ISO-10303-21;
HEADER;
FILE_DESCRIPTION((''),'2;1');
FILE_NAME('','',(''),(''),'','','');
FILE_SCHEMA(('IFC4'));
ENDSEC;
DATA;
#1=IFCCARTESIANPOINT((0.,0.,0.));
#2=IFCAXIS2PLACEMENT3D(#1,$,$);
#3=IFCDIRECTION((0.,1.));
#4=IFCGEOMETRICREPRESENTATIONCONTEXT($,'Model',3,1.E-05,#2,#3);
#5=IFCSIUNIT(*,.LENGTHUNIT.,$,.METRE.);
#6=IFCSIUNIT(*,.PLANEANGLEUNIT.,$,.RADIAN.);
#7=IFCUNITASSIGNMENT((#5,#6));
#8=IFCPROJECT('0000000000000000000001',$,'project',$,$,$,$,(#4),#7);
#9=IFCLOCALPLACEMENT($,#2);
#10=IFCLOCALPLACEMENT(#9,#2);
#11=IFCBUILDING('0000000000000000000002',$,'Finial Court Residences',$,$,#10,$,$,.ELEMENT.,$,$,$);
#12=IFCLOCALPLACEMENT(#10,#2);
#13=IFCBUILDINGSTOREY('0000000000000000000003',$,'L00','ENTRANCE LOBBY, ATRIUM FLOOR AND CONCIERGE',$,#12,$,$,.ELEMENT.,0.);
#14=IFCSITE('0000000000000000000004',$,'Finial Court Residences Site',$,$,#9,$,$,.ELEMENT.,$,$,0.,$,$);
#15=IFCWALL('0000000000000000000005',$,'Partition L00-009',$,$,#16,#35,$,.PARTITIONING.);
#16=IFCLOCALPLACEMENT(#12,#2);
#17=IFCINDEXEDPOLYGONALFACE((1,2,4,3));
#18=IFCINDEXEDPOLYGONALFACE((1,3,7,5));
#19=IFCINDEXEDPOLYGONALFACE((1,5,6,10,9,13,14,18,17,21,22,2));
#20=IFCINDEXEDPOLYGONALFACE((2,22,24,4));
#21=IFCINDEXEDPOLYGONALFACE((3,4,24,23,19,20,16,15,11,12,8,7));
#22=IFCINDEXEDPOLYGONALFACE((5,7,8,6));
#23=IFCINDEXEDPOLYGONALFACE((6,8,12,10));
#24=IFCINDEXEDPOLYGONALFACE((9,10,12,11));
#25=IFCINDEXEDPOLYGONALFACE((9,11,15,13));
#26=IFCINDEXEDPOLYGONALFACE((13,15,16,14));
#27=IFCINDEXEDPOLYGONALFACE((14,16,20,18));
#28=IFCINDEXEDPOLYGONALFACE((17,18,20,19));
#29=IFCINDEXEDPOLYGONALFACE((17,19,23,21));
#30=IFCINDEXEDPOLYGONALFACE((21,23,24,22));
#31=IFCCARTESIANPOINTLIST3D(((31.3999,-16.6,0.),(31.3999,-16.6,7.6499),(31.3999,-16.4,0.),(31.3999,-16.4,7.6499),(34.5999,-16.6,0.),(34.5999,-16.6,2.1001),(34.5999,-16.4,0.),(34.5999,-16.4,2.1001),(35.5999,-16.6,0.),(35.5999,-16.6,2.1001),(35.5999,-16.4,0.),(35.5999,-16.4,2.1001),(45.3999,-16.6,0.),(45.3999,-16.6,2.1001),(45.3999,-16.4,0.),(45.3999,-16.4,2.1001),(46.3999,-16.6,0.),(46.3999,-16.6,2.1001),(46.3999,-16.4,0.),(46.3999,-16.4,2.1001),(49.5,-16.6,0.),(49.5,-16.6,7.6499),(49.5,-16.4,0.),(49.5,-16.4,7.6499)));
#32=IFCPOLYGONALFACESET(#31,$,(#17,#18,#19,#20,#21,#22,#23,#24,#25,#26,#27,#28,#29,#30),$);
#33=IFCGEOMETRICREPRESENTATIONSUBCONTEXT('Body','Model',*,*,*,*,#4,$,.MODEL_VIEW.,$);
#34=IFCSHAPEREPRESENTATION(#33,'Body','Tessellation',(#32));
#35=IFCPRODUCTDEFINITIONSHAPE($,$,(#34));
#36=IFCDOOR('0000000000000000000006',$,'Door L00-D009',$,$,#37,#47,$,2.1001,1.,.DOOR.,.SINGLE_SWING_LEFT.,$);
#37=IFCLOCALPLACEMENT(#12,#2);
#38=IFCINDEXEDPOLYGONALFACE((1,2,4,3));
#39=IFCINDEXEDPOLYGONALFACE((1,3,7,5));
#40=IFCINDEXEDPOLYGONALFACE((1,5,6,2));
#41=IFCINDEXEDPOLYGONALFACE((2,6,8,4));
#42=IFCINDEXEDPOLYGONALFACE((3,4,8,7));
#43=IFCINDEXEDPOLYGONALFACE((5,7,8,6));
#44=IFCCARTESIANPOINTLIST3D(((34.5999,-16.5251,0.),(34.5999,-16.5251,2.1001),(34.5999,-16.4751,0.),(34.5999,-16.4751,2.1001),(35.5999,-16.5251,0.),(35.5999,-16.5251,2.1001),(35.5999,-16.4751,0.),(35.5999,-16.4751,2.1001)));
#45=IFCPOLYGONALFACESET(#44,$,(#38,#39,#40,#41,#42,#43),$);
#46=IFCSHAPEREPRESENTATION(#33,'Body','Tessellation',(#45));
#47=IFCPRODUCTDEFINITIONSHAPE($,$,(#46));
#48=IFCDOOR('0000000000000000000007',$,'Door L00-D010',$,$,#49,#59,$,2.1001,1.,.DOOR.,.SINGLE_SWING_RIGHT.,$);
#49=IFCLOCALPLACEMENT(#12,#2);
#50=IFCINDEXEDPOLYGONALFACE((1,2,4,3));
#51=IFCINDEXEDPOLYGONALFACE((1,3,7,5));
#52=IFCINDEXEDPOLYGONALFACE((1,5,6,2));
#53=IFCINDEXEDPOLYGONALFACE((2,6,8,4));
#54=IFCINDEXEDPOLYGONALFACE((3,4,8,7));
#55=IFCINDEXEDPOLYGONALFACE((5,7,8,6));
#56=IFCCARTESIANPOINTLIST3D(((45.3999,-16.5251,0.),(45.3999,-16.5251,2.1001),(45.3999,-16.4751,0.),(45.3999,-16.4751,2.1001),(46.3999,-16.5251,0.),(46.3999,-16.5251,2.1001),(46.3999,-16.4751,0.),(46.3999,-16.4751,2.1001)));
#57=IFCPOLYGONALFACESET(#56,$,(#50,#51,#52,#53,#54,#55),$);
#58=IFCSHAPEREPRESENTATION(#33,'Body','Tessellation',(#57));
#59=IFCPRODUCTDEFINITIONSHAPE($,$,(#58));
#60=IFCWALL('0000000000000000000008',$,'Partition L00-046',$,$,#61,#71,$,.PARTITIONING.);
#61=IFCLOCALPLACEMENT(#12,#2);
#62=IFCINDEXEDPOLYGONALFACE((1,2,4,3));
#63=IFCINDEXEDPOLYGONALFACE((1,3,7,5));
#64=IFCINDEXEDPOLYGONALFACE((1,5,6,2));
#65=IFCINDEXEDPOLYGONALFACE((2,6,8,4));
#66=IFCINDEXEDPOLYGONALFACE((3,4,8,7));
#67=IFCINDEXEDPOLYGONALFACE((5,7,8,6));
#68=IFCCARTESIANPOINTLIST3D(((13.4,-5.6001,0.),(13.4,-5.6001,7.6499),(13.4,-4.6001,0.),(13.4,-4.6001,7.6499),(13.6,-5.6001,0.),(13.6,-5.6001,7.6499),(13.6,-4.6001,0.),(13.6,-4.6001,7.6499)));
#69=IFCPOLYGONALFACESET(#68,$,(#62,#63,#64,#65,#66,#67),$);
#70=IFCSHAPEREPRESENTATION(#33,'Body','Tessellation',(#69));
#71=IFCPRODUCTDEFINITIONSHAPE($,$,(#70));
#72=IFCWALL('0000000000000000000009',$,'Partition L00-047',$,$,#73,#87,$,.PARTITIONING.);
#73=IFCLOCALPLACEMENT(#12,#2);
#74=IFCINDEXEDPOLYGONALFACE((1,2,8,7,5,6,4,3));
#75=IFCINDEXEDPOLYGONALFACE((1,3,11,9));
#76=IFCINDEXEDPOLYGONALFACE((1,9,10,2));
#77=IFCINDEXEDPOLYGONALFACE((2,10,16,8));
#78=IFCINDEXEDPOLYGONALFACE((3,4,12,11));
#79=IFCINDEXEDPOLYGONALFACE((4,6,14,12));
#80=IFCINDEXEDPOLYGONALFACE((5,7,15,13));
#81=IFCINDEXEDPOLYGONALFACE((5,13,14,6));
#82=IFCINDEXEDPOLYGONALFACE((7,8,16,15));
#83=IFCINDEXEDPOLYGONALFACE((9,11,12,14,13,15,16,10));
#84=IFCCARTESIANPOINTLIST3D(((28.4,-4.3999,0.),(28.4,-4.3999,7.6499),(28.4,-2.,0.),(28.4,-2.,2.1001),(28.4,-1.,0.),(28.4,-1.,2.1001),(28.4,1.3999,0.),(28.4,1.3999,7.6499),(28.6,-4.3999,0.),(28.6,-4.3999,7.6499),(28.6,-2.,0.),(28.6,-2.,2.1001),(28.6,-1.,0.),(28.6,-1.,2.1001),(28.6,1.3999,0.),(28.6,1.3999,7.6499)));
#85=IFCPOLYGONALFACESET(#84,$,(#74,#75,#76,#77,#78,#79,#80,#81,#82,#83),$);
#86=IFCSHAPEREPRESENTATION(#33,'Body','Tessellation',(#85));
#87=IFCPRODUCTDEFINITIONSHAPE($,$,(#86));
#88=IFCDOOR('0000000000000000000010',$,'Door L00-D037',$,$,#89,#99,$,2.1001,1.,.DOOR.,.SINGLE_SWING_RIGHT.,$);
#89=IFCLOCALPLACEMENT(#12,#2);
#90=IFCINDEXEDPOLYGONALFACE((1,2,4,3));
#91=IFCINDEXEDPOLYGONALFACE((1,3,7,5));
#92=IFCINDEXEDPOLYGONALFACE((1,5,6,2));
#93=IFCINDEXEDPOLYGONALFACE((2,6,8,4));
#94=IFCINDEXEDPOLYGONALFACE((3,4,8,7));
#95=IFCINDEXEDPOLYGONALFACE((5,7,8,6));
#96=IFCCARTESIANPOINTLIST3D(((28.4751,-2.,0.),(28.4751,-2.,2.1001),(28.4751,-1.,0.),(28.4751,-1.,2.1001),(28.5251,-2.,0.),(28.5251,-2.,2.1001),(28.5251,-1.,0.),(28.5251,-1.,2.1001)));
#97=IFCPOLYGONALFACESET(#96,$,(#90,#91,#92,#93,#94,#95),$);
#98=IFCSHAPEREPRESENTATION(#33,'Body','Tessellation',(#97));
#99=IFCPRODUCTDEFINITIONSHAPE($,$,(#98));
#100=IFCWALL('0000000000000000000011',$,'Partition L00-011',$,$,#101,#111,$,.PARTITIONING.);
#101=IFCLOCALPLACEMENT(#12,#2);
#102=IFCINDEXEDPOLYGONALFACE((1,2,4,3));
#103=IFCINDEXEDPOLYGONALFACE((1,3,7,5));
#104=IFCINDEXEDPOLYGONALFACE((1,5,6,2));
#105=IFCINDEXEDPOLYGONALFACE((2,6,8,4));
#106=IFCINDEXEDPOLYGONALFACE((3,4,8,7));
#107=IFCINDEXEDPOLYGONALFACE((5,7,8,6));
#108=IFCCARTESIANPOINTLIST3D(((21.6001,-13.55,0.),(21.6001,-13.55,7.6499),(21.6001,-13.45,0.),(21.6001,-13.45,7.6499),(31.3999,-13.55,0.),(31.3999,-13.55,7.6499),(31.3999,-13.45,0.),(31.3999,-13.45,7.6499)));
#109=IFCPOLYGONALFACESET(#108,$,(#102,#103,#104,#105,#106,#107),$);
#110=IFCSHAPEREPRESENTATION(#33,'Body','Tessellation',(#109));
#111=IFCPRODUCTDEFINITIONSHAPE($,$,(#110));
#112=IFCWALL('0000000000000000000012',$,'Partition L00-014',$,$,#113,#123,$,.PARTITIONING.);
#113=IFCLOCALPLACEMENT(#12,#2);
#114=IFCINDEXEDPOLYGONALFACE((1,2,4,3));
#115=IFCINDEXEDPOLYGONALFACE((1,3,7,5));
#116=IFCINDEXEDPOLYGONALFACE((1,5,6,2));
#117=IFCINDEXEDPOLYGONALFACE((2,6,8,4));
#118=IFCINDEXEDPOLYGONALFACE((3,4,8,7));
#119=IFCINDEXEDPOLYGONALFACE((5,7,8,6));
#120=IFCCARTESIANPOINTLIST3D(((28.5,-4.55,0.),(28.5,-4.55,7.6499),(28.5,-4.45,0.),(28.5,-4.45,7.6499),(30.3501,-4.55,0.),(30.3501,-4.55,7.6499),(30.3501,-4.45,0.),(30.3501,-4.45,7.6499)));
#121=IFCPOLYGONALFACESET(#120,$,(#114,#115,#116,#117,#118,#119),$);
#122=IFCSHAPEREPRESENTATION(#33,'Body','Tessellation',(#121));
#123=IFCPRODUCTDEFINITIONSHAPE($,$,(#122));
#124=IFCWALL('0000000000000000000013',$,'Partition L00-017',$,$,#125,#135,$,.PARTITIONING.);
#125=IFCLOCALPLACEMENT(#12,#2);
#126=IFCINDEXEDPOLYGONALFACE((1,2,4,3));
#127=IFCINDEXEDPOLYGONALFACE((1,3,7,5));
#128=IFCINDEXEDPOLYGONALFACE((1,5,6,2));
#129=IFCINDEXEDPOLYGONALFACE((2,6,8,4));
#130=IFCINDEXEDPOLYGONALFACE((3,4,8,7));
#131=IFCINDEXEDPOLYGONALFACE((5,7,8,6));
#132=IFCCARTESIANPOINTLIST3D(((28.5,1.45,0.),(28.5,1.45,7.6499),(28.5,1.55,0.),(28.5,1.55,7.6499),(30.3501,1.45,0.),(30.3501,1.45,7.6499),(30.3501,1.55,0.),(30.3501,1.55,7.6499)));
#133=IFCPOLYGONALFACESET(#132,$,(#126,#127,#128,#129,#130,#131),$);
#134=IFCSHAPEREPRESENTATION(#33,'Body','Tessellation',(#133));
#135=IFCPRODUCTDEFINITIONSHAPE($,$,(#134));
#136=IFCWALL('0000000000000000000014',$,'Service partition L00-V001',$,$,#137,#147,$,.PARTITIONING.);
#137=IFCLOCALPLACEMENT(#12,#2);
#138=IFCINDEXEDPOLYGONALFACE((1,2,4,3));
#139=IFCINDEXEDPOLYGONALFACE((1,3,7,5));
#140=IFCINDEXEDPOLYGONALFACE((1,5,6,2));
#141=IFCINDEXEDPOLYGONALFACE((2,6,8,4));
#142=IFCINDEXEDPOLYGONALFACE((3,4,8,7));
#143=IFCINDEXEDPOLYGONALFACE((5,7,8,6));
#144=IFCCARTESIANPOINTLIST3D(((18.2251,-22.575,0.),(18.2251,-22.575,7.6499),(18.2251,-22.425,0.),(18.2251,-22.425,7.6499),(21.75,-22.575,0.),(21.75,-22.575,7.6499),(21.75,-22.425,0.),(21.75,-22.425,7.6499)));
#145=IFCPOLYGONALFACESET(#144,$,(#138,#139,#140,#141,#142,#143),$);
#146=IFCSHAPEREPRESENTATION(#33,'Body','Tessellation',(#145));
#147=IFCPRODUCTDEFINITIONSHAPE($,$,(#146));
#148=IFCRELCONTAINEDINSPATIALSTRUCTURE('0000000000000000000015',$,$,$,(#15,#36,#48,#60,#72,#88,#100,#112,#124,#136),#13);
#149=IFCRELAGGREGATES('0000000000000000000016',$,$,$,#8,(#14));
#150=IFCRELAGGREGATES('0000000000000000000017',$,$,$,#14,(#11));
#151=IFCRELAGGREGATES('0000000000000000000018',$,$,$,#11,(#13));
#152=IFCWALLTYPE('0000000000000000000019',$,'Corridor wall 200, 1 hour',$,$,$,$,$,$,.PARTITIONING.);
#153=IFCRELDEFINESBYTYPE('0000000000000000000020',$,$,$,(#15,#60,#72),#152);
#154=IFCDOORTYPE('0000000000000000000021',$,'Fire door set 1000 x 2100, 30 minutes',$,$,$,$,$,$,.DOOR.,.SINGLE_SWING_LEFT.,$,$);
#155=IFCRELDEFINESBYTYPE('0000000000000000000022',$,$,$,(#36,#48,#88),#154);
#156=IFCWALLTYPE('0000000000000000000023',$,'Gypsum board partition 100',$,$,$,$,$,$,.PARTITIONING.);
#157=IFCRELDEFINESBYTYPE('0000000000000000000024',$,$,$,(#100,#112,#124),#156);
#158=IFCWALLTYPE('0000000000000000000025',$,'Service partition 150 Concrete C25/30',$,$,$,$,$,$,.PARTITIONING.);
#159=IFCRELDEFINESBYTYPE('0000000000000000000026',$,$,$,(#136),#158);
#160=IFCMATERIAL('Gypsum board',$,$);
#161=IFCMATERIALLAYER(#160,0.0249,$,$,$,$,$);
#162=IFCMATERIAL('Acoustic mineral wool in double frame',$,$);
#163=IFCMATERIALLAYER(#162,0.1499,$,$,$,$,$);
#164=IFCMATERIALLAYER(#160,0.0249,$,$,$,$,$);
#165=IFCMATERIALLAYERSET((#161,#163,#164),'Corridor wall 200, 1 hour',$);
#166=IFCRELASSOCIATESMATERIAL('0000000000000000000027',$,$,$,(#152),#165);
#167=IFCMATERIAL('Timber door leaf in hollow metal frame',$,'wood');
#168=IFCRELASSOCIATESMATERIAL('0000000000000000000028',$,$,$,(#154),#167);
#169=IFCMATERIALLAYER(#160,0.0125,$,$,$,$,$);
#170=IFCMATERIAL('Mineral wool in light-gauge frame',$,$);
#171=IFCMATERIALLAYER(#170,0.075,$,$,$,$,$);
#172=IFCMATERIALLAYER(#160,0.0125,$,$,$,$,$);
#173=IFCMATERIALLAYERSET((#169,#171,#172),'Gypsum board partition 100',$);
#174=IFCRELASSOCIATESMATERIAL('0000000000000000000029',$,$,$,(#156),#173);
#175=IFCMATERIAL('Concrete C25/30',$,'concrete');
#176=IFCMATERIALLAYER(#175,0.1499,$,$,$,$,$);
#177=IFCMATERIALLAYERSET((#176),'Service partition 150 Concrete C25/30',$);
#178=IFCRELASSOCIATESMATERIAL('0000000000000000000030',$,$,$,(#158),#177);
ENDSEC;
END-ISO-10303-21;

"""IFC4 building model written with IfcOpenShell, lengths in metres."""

from ifc_helpers import new_model, si_unit, direction, frame, frame_2d, origin, place, context, subcontext, project, spatial, rectangle, extrude, material, layer, layer_set, type_object, element, fill, save


model = new_model("IFC4")

# Units and contexts
model_context = context("Model", 3, precision=1e-05, world=origin(), true_north=direction((0.0, 1.0)))
body_context = subcontext(model_context, "Body", "Model", "MODEL_VIEW")
ifc_project = project(units=[si_unit("LENGTHUNIT", "METRE"), si_unit("PLANEANGLEUNIT", "RADIAN")], contexts=[model_context])

# Site, building, storey
site_placement = place(None, origin())
site = spatial("IfcSite", under=ifc_project, at=site_placement, Name="Finial Court Residences Site", CompositionType="ELEMENT", RefElevation=0.0)
building_placement = place(site_placement, origin())
building = spatial("IfcBuilding", under=site, at=building_placement, Name="Finial Court Residences", CompositionType="ELEMENT")
storey_placement = place(building_placement, origin())
storey = spatial("IfcBuildingStorey", under=building, at=storey_placement, Name="L00", Description="ENTRANCE LOBBY, ATRIUM FLOOR AND CONCIERGE", CompositionType="ELEMENT", Elevation=0.0)

# Wall, openings, doors
ifc_material_1 = material(Name="Gypsum board")
ifc_layer_1 = layer(ifc_material_1, 0.0249)
ifc_material_2 = material(Name="Acoustic mineral wool in double frame")
ifc_layer_2 = layer(ifc_material_2, 0.1499)
ifc_layer_3 = layer(ifc_material_1, 0.0249)
ifc_layer_set_1 = layer_set([ifc_layer_1, ifc_layer_2, ifc_layer_3], Name="Corridor wall 200, 1 hour")
wall_type_1 = type_object("IfcWallType", Name="Corridor wall 200, 1 hour", PredefinedType="PARTITIONING", material=ifc_layer_set_1)
wall_1_placement = place(storey_placement, frame((31.3999, -16.5, 0.0), z_axis=(0.0, 0.0, 1.0), x_axis=(1.0, 0.0, 0.0)))
wall_1 = element("IfcWall", 1, at=wall_1_placement, inside=storey, type_object=wall_type_1, Name="Partition L00-009", PredefinedType="PARTITIONING", context=body_context, shape_type="SweptSolid", body=[
    extrude(rectangle(XDim=18.1001, YDim=0.2, at=frame_2d((9.05, 0.0))), origin(), (0.0, 0.0, 1.0), 7.6499),
])
opening_1_placement = place(wall_1_placement, frame((3.2, 0.0, 0.0)))
opening_1 = element("IfcOpeningElement", 2, at=opening_1_placement, cuts=wall_1, PredefinedType="OPENING", context=body_context, shape_type="SweptSolid", body=[
    extrude(rectangle(XDim=1.0, YDim=2.1001, at=frame_2d((0.5, 1.05))), frame((0.0, 0.1099, 0.0), z_axis=(0.0, -1.0, 0.0), x_axis=(1.0, 0.0, 0.0)), (0.0, 0.0, 1.0), 0.22),
])
opening_2_placement = place(wall_1_placement, frame((14.0, 0.0, 0.0)))
opening_2 = element("IfcOpeningElement", 3, at=opening_2_placement, cuts=wall_1, PredefinedType="OPENING", context=body_context, shape_type="SweptSolid", body=[
    extrude(rectangle(XDim=1.0, YDim=2.1001, at=frame_2d((0.5, 1.05))), frame((0.0, 0.1099, 0.0), z_axis=(0.0, -1.0, 0.0), x_axis=(1.0, 0.0, 0.0)), (0.0, 0.0, 1.0), 0.22),
])
ifc_material_3 = material(Name="Timber door leaf in hollow metal frame", Category="wood")
door_type_1 = type_object("IfcDoorType", Name="Fire door set 1000 x 2100, 30 minutes", OperationType="SINGLE_SWING_LEFT", PredefinedType="DOOR", material=ifc_material_3)
door_1_placement = place(opening_1_placement, origin())
door_1 = element("IfcDoor", 4, at=door_1_placement, inside=storey, type_object=door_type_1, Name="Door L00-D009", OperationType="SINGLE_SWING_LEFT", OverallHeight=2.1001, OverallWidth=1.0, PredefinedType="DOOR", context=body_context, shape_type="SweptSolid", body=[
    extrude(rectangle(XDim=1.0, YDim=2.1001, at=frame_2d((0.5, 1.05))), frame((0.0, 0.0249, 0.0), z_axis=(0.0, -1.0, 0.0), x_axis=(1.0, 0.0, 0.0)), (0.0, 0.0, 1.0), 0.05),
])
fill(opening_1, door_1)
door_2_placement = place(opening_2_placement, origin())
door_2 = element("IfcDoor", 5, at=door_2_placement, inside=storey, type_object=door_type_1, Name="Door L00-D010", OperationType="SINGLE_SWING_RIGHT", OverallHeight=2.1001, OverallWidth=1.0, PredefinedType="DOOR", context=body_context, shape_type="SweptSolid", body=[
    extrude(rectangle(XDim=1.0, YDim=2.1001, at=frame_2d((0.5, 1.05))), frame((0.0, 0.0249, 0.0), z_axis=(0.0, -1.0, 0.0), x_axis=(1.0, 0.0, 0.0)), (0.0, 0.0, 1.0), 0.05),
])
fill(opening_2, door_2)

# Wall
wall_2_placement = place(storey_placement, frame((13.5, -5.6001, 0.0), z_axis=(0.0, 0.0, 1.0), x_axis=(0.0, 1.0, 0.0)))
element("IfcWall", 6, at=wall_2_placement, inside=storey, type_object=wall_type_1, Name="Partition L00-046", PredefinedType="PARTITIONING", context=body_context, shape_type="SweptSolid", body=[
    extrude(rectangle(XDim=1.0, YDim=0.2, at=frame_2d((0.5, 0.0))), origin(), (0.0, 0.0, 1.0), 7.6499),
])

# Wall, opening, door
wall_3_placement = place(storey_placement, frame((28.5, -4.3999, 0.0), z_axis=(0.0, 0.0, 1.0), x_axis=(0.0, 1.0, 0.0)))
wall_3 = element("IfcWall", 7, at=wall_3_placement, inside=storey, type_object=wall_type_1, Name="Partition L00-047", PredefinedType="PARTITIONING", context=body_context, shape_type="SweptSolid", body=[
    extrude(rectangle(XDim=5.7998, YDim=0.2, at=frame_2d((2.8999, 0.0))), origin(), (0.0, 0.0, 1.0), 7.6499),
])
opening_3_placement = place(wall_3_placement, frame((2.3999, 0.0, 0.0)))
opening_3 = element("IfcOpeningElement", 8, at=opening_3_placement, cuts=wall_3, PredefinedType="OPENING", context=body_context, shape_type="SweptSolid", body=[
    extrude(rectangle(XDim=1.0, YDim=2.1001, at=frame_2d((0.5, 1.05))), frame((0.0, 0.1099, 0.0), z_axis=(0.0, -1.0, 0.0), x_axis=(1.0, 0.0, 0.0)), (0.0, 0.0, 1.0), 0.22),
])
door_3_placement = place(opening_3_placement, origin())
door_3 = element("IfcDoor", 9, at=door_3_placement, inside=storey, type_object=door_type_1, Name="Door L00-D037", OperationType="SINGLE_SWING_RIGHT", OverallHeight=2.1001, OverallWidth=1.0, PredefinedType="DOOR", context=body_context, shape_type="SweptSolid", body=[
    extrude(rectangle(XDim=1.0, YDim=2.1001, at=frame_2d((0.5, 1.05))), frame((0.0, 0.0249, 0.0), z_axis=(0.0, -1.0, 0.0), x_axis=(1.0, 0.0, 0.0)), (0.0, 0.0, 1.0), 0.05),
])
fill(opening_3, door_3)

# Walls
ifc_layer_4 = layer(ifc_material_1, 0.0125)
ifc_material_4 = material(Name="Mineral wool in light-gauge frame")
ifc_layer_5 = layer(ifc_material_4, 0.075)
ifc_layer_6 = layer(ifc_material_1, 0.0125)
ifc_layer_set_2 = layer_set([ifc_layer_4, ifc_layer_5, ifc_layer_6], Name="Gypsum board partition 100")
wall_type_2 = type_object("IfcWallType", Name="Gypsum board partition 100", PredefinedType="PARTITIONING", material=ifc_layer_set_2)
wall_4_placement = place(storey_placement, frame((21.6001, -13.5, 0.0), z_axis=(0.0, 0.0, 1.0), x_axis=(1.0, 0.0, 0.0)))
element("IfcWall", 10, at=wall_4_placement, inside=storey, type_object=wall_type_2, Name="Partition L00-011", PredefinedType="PARTITIONING", context=body_context, shape_type="SweptSolid", body=[
    extrude(rectangle(XDim=9.7998, YDim=0.1001, at=frame_2d((4.8999, 0.0))), origin(), (0.0, 0.0, 1.0), 7.6499),
])
for number, where, z_axis, x_axis, name in (
    (11, (28.5, -4.5, 0.0), (0.0, 0.0, 1.0), (1.0, 0.0, 0.0), "Partition L00-014"),
    (12, (28.5, 1.5, 0.0), (0.0, 0.0, 1.0), (1.0, 0.0, 0.0), "Partition L00-017"),
):
    element("IfcWall", number, at=place(storey_placement, frame(where, z_axis=z_axis, x_axis=x_axis)), inside=storey, type_object=wall_type_2, Name=name, PredefinedType="PARTITIONING", context=body_context, shape_type="SweptSolid", body=[
        extrude(rectangle(XDim=1.8501, YDim=0.1001, at=frame_2d((0.925, 0.0))), origin(), (0.0, 0.0, 1.0), 7.6499),
    ])
ifc_material_5 = material(Name="Concrete C25/30", Category="concrete")
ifc_layer_7 = layer(ifc_material_5, 0.1499)
ifc_layer_set_3 = layer_set([ifc_layer_7], Name="Service partition 150 Concrete C25/30")
wall_type_3 = type_object("IfcWallType", Name="Service partition 150 Concrete C25/30", PredefinedType="PARTITIONING", material=ifc_layer_set_3)
wall_5_placement = place(storey_placement, frame((18.2251, -22.5, 0.0), z_axis=(0.0, 0.0, 1.0), x_axis=(1.0, 0.0, 0.0)))
element("IfcWall", 13, at=wall_5_placement, inside=storey, type_object=wall_type_3, Name="Service partition L00-V001", PredefinedType="PARTITIONING", context=body_context, shape_type="SweptSolid", body=[
    extrude(rectangle(XDim=3.5249, YDim=0.1499, at=frame_2d((1.7625, 0.0))), origin(), (0.0, 0.0, 1.0), 7.6499),
])

save(model, "model.ifc")
